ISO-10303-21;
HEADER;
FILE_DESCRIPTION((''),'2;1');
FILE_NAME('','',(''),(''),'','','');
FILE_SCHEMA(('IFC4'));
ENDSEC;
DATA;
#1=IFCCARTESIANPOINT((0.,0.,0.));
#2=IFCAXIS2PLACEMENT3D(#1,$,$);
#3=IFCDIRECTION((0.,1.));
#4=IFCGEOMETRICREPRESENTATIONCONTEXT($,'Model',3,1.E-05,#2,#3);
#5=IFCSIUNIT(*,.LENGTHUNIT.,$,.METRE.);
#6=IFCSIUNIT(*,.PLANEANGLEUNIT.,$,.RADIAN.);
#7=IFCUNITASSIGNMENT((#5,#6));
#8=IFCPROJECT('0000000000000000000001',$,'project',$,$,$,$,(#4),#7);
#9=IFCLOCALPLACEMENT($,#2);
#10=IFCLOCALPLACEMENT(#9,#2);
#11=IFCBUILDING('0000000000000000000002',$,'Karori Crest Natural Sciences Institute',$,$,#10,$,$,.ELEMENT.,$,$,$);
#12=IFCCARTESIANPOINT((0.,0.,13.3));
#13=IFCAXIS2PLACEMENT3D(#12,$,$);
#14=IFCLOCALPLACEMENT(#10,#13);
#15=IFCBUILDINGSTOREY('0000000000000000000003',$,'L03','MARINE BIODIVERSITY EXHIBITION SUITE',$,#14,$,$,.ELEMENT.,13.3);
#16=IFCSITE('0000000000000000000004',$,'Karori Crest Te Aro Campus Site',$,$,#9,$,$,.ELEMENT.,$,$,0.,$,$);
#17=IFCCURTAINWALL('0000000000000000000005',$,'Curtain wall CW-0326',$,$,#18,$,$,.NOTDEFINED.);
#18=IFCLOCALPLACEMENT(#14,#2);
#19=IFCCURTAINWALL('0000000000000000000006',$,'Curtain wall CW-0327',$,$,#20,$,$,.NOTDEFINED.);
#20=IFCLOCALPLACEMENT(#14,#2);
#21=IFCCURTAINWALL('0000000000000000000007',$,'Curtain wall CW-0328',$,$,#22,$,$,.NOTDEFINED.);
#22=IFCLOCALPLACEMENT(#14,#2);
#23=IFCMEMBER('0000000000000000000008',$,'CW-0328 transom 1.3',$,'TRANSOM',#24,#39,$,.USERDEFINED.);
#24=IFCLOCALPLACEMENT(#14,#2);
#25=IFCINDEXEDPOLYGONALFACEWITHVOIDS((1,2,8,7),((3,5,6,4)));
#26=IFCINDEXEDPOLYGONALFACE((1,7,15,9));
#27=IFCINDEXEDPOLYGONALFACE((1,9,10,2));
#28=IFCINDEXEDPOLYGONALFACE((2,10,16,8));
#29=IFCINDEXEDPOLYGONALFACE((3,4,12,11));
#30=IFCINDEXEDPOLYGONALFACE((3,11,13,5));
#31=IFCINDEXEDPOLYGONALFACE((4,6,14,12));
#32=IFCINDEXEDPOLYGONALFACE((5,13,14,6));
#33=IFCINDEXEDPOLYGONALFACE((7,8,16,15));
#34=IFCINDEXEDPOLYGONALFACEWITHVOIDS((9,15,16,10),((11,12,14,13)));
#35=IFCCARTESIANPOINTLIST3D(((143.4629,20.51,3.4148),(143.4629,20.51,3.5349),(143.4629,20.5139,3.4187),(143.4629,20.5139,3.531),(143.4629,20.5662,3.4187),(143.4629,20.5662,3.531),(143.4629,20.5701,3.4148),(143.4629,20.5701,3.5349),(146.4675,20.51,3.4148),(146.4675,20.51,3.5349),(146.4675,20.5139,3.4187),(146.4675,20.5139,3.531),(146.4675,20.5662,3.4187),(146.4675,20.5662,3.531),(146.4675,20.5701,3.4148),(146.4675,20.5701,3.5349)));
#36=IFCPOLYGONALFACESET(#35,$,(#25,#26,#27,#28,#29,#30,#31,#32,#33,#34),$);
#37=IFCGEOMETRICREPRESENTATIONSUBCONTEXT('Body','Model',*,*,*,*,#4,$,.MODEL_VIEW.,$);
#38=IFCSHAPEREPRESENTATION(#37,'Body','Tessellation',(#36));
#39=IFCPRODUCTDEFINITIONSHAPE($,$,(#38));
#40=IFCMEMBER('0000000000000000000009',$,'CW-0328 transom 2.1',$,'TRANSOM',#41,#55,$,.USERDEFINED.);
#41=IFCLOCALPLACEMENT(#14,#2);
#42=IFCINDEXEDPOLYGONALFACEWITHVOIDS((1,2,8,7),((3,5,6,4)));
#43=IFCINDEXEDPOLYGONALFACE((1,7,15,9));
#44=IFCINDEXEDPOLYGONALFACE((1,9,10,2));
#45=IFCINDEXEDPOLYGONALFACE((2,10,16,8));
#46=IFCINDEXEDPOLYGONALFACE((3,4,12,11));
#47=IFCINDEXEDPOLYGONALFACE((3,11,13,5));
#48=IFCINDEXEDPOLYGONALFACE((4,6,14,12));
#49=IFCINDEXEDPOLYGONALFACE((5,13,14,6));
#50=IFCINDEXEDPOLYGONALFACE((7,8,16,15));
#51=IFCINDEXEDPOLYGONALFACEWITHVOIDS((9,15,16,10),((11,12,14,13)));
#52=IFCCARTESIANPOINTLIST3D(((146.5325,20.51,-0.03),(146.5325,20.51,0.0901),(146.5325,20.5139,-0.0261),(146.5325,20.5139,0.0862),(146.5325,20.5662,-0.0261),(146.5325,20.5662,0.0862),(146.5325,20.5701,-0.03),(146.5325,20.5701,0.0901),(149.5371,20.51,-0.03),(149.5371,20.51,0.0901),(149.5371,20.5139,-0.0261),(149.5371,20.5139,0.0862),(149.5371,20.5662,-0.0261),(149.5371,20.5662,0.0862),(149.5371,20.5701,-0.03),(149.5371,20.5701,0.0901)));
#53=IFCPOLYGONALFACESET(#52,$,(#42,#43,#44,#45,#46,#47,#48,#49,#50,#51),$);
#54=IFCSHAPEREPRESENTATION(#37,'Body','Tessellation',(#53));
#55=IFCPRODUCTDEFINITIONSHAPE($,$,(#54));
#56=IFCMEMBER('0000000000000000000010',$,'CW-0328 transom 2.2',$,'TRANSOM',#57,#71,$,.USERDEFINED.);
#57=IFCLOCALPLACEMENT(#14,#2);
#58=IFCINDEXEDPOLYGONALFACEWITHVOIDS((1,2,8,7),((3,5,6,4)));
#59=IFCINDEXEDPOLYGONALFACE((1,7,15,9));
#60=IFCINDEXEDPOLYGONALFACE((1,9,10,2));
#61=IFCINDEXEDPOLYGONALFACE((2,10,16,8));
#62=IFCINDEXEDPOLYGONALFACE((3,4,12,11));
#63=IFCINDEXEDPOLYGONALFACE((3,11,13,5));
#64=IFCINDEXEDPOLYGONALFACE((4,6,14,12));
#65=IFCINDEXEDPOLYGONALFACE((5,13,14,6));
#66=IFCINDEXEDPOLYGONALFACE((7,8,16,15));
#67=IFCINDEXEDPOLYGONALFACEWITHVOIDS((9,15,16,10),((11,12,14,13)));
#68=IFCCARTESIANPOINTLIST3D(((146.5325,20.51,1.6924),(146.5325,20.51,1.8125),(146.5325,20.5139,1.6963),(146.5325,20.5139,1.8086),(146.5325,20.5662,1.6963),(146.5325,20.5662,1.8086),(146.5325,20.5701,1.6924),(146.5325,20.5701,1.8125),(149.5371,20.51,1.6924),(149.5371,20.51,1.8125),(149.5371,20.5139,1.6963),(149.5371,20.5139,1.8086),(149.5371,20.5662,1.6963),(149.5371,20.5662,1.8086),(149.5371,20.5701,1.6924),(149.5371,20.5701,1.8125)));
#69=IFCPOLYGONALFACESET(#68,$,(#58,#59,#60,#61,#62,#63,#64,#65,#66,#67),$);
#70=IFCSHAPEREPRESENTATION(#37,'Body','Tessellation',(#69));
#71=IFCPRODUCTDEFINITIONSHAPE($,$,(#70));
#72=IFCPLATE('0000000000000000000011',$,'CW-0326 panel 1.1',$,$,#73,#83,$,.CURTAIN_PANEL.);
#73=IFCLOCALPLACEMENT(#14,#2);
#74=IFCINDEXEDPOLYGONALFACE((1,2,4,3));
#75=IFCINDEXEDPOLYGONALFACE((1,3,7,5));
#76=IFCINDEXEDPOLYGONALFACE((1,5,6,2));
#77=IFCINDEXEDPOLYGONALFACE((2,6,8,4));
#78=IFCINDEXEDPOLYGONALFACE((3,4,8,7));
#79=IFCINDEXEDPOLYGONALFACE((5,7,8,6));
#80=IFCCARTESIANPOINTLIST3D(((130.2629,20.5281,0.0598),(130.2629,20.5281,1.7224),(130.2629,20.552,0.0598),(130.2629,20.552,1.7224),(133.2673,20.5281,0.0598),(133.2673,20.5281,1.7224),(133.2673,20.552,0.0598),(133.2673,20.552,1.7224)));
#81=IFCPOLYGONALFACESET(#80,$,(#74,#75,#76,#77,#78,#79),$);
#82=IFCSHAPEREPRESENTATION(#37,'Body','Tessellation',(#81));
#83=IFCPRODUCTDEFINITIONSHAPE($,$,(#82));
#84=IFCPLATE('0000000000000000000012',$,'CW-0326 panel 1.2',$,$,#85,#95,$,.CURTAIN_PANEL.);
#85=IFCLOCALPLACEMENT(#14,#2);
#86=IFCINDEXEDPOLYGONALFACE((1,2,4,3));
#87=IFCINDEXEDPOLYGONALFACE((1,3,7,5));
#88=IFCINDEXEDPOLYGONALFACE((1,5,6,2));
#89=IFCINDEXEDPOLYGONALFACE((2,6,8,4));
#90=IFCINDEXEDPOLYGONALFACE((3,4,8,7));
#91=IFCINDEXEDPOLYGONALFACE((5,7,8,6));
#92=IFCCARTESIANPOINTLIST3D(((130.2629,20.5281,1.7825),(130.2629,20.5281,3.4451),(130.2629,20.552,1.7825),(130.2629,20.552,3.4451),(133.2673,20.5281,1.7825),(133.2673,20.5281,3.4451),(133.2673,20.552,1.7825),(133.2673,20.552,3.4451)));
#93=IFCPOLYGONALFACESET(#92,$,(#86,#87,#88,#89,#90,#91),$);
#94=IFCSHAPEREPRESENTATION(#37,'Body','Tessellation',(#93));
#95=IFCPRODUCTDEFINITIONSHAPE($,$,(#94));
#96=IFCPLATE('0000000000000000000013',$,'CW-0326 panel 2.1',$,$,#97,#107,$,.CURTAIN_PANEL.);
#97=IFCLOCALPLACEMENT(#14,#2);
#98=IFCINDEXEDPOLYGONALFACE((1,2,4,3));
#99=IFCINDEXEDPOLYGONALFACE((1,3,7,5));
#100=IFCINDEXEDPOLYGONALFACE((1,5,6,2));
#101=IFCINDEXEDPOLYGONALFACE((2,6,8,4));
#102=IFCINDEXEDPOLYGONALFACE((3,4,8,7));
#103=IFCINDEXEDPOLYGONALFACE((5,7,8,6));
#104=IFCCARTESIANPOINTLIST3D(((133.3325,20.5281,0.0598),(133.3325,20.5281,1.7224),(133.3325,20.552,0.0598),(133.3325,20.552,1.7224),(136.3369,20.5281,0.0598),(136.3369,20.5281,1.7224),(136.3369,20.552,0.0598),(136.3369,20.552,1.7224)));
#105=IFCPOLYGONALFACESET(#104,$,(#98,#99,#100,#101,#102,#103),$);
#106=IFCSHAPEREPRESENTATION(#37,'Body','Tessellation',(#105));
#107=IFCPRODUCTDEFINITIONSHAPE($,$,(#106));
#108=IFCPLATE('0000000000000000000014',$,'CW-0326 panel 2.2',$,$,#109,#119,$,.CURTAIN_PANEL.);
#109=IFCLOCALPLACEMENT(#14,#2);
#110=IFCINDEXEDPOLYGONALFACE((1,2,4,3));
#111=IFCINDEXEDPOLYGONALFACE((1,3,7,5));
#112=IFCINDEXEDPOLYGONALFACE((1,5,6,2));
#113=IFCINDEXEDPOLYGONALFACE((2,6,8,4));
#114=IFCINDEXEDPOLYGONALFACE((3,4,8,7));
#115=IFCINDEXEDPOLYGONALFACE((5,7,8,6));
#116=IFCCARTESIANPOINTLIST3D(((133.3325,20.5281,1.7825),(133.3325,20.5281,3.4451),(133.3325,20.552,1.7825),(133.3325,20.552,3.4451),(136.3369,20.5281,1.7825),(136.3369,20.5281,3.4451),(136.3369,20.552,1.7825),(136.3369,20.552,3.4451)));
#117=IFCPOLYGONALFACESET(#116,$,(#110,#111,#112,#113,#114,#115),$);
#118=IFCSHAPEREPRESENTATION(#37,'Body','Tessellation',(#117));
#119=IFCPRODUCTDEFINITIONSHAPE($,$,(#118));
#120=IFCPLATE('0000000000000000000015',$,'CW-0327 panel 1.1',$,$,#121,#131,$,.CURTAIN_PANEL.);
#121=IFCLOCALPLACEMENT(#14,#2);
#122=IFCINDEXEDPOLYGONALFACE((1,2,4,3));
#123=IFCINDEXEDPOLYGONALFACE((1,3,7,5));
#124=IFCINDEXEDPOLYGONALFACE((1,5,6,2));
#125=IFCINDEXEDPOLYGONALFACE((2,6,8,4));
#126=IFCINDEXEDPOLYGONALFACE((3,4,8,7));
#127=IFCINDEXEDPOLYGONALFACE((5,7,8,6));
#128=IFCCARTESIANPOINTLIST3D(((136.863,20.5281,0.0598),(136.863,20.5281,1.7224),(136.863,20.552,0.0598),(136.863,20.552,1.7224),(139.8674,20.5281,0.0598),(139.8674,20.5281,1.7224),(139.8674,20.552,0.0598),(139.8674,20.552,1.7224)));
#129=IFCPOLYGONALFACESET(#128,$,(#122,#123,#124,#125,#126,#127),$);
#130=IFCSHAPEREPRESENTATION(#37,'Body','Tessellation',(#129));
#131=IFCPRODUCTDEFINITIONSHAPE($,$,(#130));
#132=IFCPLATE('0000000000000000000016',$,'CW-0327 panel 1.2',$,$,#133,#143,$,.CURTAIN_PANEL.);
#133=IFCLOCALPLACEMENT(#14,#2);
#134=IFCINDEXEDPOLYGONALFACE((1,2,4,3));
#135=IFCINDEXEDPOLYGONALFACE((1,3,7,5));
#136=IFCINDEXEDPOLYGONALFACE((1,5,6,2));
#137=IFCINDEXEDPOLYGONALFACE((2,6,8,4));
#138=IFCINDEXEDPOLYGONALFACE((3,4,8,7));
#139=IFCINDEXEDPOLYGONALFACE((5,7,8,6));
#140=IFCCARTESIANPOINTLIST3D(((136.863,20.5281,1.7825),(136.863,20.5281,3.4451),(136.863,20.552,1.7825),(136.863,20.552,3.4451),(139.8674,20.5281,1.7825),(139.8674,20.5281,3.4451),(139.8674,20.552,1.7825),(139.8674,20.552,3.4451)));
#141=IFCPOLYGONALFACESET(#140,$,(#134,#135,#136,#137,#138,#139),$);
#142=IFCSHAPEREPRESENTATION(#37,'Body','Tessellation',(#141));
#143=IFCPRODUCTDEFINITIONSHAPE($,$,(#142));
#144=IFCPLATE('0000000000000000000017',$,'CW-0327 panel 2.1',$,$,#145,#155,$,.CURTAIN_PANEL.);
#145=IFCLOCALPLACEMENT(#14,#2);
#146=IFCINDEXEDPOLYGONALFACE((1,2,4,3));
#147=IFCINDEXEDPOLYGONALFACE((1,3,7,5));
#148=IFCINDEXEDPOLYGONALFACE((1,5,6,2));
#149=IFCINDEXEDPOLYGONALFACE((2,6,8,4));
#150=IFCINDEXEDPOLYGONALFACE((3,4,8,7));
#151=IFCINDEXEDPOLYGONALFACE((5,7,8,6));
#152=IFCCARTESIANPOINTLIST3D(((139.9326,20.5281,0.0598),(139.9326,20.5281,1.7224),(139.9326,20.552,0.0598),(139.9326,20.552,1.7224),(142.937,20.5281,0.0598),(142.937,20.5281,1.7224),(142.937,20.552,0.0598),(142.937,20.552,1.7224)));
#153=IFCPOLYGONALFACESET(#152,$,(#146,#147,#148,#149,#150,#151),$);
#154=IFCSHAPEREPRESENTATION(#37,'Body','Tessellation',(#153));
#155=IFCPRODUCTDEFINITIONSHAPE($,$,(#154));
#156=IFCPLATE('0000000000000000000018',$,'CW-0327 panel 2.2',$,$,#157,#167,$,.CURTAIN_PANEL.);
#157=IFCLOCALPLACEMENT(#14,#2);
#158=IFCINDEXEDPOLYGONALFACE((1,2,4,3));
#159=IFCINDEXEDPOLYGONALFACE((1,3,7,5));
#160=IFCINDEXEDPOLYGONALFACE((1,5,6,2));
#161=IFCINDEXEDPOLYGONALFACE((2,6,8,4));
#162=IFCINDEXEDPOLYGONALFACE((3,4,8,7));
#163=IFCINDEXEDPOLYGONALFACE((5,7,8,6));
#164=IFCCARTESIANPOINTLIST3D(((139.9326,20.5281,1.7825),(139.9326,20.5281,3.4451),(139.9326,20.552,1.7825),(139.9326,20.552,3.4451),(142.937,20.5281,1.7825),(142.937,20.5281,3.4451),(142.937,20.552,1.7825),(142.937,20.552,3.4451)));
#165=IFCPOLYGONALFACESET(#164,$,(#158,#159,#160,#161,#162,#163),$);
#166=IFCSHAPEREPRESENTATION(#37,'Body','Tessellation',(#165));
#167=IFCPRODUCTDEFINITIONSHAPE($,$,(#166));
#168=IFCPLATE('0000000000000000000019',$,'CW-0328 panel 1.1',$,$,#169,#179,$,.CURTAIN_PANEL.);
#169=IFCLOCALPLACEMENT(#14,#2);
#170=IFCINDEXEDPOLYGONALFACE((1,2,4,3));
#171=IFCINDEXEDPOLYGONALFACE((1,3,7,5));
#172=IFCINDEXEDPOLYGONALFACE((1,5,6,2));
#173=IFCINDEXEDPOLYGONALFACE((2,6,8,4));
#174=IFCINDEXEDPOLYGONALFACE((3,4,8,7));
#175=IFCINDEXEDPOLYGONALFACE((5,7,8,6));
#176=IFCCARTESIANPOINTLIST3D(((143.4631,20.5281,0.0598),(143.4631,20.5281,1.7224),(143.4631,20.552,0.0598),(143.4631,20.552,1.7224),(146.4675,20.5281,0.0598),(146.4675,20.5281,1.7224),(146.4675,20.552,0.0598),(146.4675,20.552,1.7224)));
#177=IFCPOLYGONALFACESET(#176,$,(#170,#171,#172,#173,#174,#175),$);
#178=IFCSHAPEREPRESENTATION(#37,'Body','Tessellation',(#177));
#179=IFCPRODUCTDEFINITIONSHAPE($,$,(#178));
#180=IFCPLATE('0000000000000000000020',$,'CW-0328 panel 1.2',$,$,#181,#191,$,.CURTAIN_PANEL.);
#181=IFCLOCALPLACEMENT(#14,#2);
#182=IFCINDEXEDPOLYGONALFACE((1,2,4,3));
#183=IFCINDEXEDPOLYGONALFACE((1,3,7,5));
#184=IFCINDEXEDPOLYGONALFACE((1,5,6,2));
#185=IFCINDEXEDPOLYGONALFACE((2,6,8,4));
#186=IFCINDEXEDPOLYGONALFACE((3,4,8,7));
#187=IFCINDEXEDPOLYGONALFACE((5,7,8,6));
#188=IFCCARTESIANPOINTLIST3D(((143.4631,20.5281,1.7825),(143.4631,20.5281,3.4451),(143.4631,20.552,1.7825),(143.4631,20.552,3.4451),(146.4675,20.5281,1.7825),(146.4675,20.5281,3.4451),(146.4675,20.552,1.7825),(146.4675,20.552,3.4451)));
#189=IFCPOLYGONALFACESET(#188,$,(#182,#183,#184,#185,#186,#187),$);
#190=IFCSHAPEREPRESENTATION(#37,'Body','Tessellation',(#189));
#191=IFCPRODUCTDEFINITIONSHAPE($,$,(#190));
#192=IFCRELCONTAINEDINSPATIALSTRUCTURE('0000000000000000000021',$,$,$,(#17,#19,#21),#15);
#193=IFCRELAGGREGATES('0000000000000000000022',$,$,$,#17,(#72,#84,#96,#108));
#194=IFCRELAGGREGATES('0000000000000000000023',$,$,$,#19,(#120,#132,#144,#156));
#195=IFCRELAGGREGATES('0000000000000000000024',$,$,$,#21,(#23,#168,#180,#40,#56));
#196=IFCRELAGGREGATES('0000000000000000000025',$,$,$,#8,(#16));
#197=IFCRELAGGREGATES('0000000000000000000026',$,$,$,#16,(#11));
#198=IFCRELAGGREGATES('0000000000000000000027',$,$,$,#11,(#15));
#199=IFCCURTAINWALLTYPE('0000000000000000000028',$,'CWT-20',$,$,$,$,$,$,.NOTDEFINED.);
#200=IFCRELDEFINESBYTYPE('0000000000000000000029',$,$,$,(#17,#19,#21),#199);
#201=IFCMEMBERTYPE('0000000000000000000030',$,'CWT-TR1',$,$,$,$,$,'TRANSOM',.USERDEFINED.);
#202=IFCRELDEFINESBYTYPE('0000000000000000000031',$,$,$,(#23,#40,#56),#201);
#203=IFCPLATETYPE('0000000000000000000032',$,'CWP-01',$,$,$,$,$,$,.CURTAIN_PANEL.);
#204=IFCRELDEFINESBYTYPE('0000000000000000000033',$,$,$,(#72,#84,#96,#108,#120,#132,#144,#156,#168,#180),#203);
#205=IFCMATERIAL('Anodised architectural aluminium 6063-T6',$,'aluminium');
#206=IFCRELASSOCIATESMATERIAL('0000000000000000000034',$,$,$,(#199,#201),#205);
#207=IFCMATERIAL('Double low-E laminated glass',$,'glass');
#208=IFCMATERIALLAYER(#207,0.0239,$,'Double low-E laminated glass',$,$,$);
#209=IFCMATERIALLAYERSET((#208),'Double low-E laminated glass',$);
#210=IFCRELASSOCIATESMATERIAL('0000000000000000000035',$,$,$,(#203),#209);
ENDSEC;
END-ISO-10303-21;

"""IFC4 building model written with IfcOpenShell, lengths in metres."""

from ifc_helpers import new_model, si_unit, direction, frame, origin, origin_2d, place, context, subcontext, project, spatial, rectangle, hollow_rectangle, extrude, material, layer, layer_set, material_profile, profile_set, type_object, element, aggregate, save


model = new_model("IFC4")

# Units and contexts
model_context = context("Model", 3, precision=1e-05, world=origin(), true_north=direction((0.0, 1.0)))
body_context = subcontext(model_context, "Body", "Model", "MODEL_VIEW")
ifc_project = project(units=[si_unit("LENGTHUNIT", "METRE"), si_unit("PLANEANGLEUNIT", "RADIAN")], contexts=[model_context])

# Site, building, storey
site_placement = place(None, origin())
site = spatial("IfcSite", under=ifc_project, at=site_placement, Name="Karori Crest Te Aro Campus Site", CompositionType="ELEMENT", RefElevation=0.0)
building_placement = place(site_placement, origin())
building = spatial("IfcBuilding", under=site, at=building_placement, Name="Karori Crest Natural Sciences Institute", CompositionType="ELEMENT")
storey_placement = place(building_placement, frame((0.0, 0.0, 13.3)))
storey = spatial("IfcBuildingStorey", under=building, at=storey_placement, Name="L03", Description="MARINE BIODIVERSITY EXHIBITION SUITE", CompositionType="ELEMENT", Elevation=13.3)

# Curtain walls
ifc_material_1 = material(Name="Anodised architectural aluminium 6063-T6", Category="aluminium")
curtain_wall_type = type_object("IfcCurtainWallType", Name="CWT-20", PredefinedType="NOTDEFINED", material=ifc_material_1)
curtain_wall_1_placement = place(storey_placement, origin())
curtain_wall_1 = element("IfcCurtainWall", 1, at=curtain_wall_1_placement, inside=storey, type_object=curtain_wall_type, Name="Curtain wall CW-0326", PredefinedType="NOTDEFINED")
curtain_wall_2_placement = place(storey_placement, origin())
curtain_wall_2 = element("IfcCurtainWall", 2, at=curtain_wall_2_placement, inside=storey, type_object=curtain_wall_type, Name="Curtain wall CW-0327", PredefinedType="NOTDEFINED")
curtain_wall_3_placement = place(storey_placement, origin())
curtain_wall_3 = element("IfcCurtainWall", 3, at=curtain_wall_3_placement, inside=storey, type_object=curtain_wall_type, Name="Curtain wall CW-0328", PredefinedType="NOTDEFINED")

# Members
ifc_material_profile_1 = material_profile(ifc_material_1, hollow_rectangle(XDim=0.0601, YDim=0.1201, WallThickness=0.0039, at=origin_2d()), Name="CWT120x60x4")
ifc_profile_set_1 = profile_set([ifc_material_profile_1], Name="Anodised architectural aluminium 6063-T6")
member_type_1 = type_object("IfcMemberType", Name="CWT-TR1", ElementType="TRANSOM", PredefinedType="USERDEFINED", material=ifc_profile_set_1)
member_1_placement = place(storey_placement, frame((143.4629, 20.54, 3.4749), z_axis=(1.0, 0.0, 0.0), x_axis=(0.0, 1.0, 0.0)))
member_1 = element("IfcMember", 4, at=member_1_placement, type_object=member_type_1, Name="CW-0328 transom 1.3", ObjectType="TRANSOM", PredefinedType="USERDEFINED", context=body_context, shape_type="SweptSolid", body=[
    extrude(hollow_rectangle(XDim=0.0601, YDim=0.1201, WallThickness=0.0039, at=origin_2d()), origin(), (0.0, 0.0, 1.0), 3.0046),
])
member_2_placement = place(storey_placement, frame((146.5325, 20.54, 0.03), z_axis=(1.0, 0.0, 0.0), x_axis=(0.0, 1.0, 0.0)))
member_2 = element("IfcMember", 5, at=member_2_placement, type_object=member_type_1, Name="CW-0328 transom 2.1", ObjectType="TRANSOM", PredefinedType="USERDEFINED", context=body_context, shape_type="SweptSolid", body=[
    extrude(hollow_rectangle(XDim=0.0601, YDim=0.1201, WallThickness=0.0039, at=origin_2d()), origin(), (0.0, 0.0, 1.0), 3.0046),
])
member_3_placement = place(storey_placement, frame((146.5325, 20.54, 1.7524), z_axis=(1.0, 0.0, 0.0), x_axis=(0.0, 1.0, 0.0)))
member_3 = element("IfcMember", 6, at=member_3_placement, type_object=member_type_1, Name="CW-0328 transom 2.2", ObjectType="TRANSOM", PredefinedType="USERDEFINED", context=body_context, shape_type="SweptSolid", body=[
    extrude(hollow_rectangle(XDim=0.0601, YDim=0.1201, WallThickness=0.0039, at=origin_2d()), origin(), (0.0, 0.0, 1.0), 3.0046),
])

# Plates
ifc_material_2 = material(Name="Double low-E laminated glass", Category="glass")
ifc_layer = layer(ifc_material_2, 0.0239, Name="Double low-E laminated glass")
ifc_layer_set = layer_set([ifc_layer], Name="Double low-E laminated glass")
plate_type = type_object("IfcPlateType", Name="CWP-01", PredefinedType="CURTAIN_PANEL", material=ifc_layer_set)
plate_1_placement = place(storey_placement, frame((131.7651, 20.54, 0.0598), z_axis=(0.0, 0.0, 1.0), x_axis=(1.0, 0.0, 0.0)))
plate_1 = element("IfcPlate", 7, at=plate_1_placement, type_object=plate_type, Name="CW-0326 panel 1.1", PredefinedType="CURTAIN_PANEL", context=body_context, shape_type="SweptSolid", body=[
    extrude(rectangle(XDim=3.0044, YDim=0.0239, at=origin_2d()), origin(), (0.0, 0.0, 1.0), 1.6626),
])
plate_2_placement = place(storey_placement, frame((131.7651, 20.54, 1.7825), z_axis=(0.0, 0.0, 1.0), x_axis=(1.0, 0.0, 0.0)))
plate_2 = element("IfcPlate", 8, at=plate_2_placement, type_object=plate_type, Name="CW-0326 panel 1.2", PredefinedType="CURTAIN_PANEL", context=body_context, shape_type="SweptSolid", body=[
    extrude(rectangle(XDim=3.0044, YDim=0.0239, at=origin_2d()), origin(), (0.0, 0.0, 1.0), 1.6626),
])
plate_3_placement = place(storey_placement, frame((134.8347, 20.54, 0.0598), z_axis=(0.0, 0.0, 1.0), x_axis=(1.0, 0.0, 0.0)))
plate_3 = element("IfcPlate", 9, at=plate_3_placement, type_object=plate_type, Name="CW-0326 panel 2.1", PredefinedType="CURTAIN_PANEL", context=body_context, shape_type="SweptSolid", body=[
    extrude(rectangle(XDim=3.0044, YDim=0.0239, at=origin_2d()), origin(), (0.0, 0.0, 1.0), 1.6626),
])
plate_4_placement = place(storey_placement, frame((134.8347, 20.54, 1.7825), z_axis=(0.0, 0.0, 1.0), x_axis=(1.0, 0.0, 0.0)))
plate_4 = element("IfcPlate", 10, at=plate_4_placement, type_object=plate_type, Name="CW-0326 panel 2.2", PredefinedType="CURTAIN_PANEL", context=body_context, shape_type="SweptSolid", body=[
    extrude(rectangle(XDim=3.0044, YDim=0.0239, at=origin_2d()), origin(), (0.0, 0.0, 1.0), 1.6626),
])
aggregate(curtain_wall_1, [plate_1, plate_2, plate_3, plate_4])
plate_5_placement = place(storey_placement, frame((138.3652, 20.54, 0.0598), z_axis=(0.0, 0.0, 1.0), x_axis=(1.0, 0.0, 0.0)))
plate_5 = element("IfcPlate", 11, at=plate_5_placement, type_object=plate_type, Name="CW-0327 panel 1.1", PredefinedType="CURTAIN_PANEL", context=body_context, shape_type="SweptSolid", body=[
    extrude(rectangle(XDim=3.0044, YDim=0.0239, at=origin_2d()), origin(), (0.0, 0.0, 1.0), 1.6626),
])
plate_6_placement = place(storey_placement, frame((138.3652, 20.54, 1.7825), z_axis=(0.0, 0.0, 1.0), x_axis=(1.0, 0.0, 0.0)))
plate_6 = element("IfcPlate", 12, at=plate_6_placement, type_object=plate_type, Name="CW-0327 panel 1.2", PredefinedType="CURTAIN_PANEL", context=body_context, shape_type="SweptSolid", body=[
    extrude(rectangle(XDim=3.0044, YDim=0.0239, at=origin_2d()), origin(), (0.0, 0.0, 1.0), 1.6626),
])
plate_7_placement = place(storey_placement, frame((141.4348, 20.54, 0.0598), z_axis=(0.0, 0.0, 1.0), x_axis=(1.0, 0.0, 0.0)))
plate_7 = element("IfcPlate", 13, at=plate_7_placement, type_object=plate_type, Name="CW-0327 panel 2.1", PredefinedType="CURTAIN_PANEL", context=body_context, shape_type="SweptSolid", body=[
    extrude(rectangle(XDim=3.0044, YDim=0.0239, at=origin_2d()), origin(), (0.0, 0.0, 1.0), 1.6626),
])
plate_8_placement = place(storey_placement, frame((141.4348, 20.54, 1.7825), z_axis=(0.0, 0.0, 1.0), x_axis=(1.0, 0.0, 0.0)))
plate_8 = element("IfcPlate", 14, at=plate_8_placement, type_object=plate_type, Name="CW-0327 panel 2.2", PredefinedType="CURTAIN_PANEL", context=body_context, shape_type="SweptSolid", body=[
    extrude(rectangle(XDim=3.0044, YDim=0.0239, at=origin_2d()), origin(), (0.0, 0.0, 1.0), 1.6626),
])
aggregate(curtain_wall_2, [plate_5, plate_6, plate_7, plate_8])
plate_9_placement = place(storey_placement, frame((144.9653, 20.54, 0.0598), z_axis=(0.0, 0.0, 1.0), x_axis=(1.0, 0.0, 0.0)))
plate_9 = element("IfcPlate", 15, at=plate_9_placement, type_object=plate_type, Name="CW-0328 panel 1.1", PredefinedType="CURTAIN_PANEL", context=body_context, shape_type="SweptSolid", body=[
    extrude(rectangle(XDim=3.0044, YDim=0.0239, at=origin_2d()), origin(), (0.0, 0.0, 1.0), 1.6626),
])
plate_10_placement = place(storey_placement, frame((144.9653, 20.54, 1.7825), z_axis=(0.0, 0.0, 1.0), x_axis=(1.0, 0.0, 0.0)))
plate_10 = element("IfcPlate", 16, at=plate_10_placement, type_object=plate_type, Name="CW-0328 panel 1.2", PredefinedType="CURTAIN_PANEL", context=body_context, shape_type="SweptSolid", body=[
    extrude(rectangle(XDim=3.0044, YDim=0.0239, at=origin_2d()), origin(), (0.0, 0.0, 1.0), 1.6626),
])
aggregate(curtain_wall_3, [member_1, plate_9, plate_10, member_2, member_3])

save(model, "model.ifc")
